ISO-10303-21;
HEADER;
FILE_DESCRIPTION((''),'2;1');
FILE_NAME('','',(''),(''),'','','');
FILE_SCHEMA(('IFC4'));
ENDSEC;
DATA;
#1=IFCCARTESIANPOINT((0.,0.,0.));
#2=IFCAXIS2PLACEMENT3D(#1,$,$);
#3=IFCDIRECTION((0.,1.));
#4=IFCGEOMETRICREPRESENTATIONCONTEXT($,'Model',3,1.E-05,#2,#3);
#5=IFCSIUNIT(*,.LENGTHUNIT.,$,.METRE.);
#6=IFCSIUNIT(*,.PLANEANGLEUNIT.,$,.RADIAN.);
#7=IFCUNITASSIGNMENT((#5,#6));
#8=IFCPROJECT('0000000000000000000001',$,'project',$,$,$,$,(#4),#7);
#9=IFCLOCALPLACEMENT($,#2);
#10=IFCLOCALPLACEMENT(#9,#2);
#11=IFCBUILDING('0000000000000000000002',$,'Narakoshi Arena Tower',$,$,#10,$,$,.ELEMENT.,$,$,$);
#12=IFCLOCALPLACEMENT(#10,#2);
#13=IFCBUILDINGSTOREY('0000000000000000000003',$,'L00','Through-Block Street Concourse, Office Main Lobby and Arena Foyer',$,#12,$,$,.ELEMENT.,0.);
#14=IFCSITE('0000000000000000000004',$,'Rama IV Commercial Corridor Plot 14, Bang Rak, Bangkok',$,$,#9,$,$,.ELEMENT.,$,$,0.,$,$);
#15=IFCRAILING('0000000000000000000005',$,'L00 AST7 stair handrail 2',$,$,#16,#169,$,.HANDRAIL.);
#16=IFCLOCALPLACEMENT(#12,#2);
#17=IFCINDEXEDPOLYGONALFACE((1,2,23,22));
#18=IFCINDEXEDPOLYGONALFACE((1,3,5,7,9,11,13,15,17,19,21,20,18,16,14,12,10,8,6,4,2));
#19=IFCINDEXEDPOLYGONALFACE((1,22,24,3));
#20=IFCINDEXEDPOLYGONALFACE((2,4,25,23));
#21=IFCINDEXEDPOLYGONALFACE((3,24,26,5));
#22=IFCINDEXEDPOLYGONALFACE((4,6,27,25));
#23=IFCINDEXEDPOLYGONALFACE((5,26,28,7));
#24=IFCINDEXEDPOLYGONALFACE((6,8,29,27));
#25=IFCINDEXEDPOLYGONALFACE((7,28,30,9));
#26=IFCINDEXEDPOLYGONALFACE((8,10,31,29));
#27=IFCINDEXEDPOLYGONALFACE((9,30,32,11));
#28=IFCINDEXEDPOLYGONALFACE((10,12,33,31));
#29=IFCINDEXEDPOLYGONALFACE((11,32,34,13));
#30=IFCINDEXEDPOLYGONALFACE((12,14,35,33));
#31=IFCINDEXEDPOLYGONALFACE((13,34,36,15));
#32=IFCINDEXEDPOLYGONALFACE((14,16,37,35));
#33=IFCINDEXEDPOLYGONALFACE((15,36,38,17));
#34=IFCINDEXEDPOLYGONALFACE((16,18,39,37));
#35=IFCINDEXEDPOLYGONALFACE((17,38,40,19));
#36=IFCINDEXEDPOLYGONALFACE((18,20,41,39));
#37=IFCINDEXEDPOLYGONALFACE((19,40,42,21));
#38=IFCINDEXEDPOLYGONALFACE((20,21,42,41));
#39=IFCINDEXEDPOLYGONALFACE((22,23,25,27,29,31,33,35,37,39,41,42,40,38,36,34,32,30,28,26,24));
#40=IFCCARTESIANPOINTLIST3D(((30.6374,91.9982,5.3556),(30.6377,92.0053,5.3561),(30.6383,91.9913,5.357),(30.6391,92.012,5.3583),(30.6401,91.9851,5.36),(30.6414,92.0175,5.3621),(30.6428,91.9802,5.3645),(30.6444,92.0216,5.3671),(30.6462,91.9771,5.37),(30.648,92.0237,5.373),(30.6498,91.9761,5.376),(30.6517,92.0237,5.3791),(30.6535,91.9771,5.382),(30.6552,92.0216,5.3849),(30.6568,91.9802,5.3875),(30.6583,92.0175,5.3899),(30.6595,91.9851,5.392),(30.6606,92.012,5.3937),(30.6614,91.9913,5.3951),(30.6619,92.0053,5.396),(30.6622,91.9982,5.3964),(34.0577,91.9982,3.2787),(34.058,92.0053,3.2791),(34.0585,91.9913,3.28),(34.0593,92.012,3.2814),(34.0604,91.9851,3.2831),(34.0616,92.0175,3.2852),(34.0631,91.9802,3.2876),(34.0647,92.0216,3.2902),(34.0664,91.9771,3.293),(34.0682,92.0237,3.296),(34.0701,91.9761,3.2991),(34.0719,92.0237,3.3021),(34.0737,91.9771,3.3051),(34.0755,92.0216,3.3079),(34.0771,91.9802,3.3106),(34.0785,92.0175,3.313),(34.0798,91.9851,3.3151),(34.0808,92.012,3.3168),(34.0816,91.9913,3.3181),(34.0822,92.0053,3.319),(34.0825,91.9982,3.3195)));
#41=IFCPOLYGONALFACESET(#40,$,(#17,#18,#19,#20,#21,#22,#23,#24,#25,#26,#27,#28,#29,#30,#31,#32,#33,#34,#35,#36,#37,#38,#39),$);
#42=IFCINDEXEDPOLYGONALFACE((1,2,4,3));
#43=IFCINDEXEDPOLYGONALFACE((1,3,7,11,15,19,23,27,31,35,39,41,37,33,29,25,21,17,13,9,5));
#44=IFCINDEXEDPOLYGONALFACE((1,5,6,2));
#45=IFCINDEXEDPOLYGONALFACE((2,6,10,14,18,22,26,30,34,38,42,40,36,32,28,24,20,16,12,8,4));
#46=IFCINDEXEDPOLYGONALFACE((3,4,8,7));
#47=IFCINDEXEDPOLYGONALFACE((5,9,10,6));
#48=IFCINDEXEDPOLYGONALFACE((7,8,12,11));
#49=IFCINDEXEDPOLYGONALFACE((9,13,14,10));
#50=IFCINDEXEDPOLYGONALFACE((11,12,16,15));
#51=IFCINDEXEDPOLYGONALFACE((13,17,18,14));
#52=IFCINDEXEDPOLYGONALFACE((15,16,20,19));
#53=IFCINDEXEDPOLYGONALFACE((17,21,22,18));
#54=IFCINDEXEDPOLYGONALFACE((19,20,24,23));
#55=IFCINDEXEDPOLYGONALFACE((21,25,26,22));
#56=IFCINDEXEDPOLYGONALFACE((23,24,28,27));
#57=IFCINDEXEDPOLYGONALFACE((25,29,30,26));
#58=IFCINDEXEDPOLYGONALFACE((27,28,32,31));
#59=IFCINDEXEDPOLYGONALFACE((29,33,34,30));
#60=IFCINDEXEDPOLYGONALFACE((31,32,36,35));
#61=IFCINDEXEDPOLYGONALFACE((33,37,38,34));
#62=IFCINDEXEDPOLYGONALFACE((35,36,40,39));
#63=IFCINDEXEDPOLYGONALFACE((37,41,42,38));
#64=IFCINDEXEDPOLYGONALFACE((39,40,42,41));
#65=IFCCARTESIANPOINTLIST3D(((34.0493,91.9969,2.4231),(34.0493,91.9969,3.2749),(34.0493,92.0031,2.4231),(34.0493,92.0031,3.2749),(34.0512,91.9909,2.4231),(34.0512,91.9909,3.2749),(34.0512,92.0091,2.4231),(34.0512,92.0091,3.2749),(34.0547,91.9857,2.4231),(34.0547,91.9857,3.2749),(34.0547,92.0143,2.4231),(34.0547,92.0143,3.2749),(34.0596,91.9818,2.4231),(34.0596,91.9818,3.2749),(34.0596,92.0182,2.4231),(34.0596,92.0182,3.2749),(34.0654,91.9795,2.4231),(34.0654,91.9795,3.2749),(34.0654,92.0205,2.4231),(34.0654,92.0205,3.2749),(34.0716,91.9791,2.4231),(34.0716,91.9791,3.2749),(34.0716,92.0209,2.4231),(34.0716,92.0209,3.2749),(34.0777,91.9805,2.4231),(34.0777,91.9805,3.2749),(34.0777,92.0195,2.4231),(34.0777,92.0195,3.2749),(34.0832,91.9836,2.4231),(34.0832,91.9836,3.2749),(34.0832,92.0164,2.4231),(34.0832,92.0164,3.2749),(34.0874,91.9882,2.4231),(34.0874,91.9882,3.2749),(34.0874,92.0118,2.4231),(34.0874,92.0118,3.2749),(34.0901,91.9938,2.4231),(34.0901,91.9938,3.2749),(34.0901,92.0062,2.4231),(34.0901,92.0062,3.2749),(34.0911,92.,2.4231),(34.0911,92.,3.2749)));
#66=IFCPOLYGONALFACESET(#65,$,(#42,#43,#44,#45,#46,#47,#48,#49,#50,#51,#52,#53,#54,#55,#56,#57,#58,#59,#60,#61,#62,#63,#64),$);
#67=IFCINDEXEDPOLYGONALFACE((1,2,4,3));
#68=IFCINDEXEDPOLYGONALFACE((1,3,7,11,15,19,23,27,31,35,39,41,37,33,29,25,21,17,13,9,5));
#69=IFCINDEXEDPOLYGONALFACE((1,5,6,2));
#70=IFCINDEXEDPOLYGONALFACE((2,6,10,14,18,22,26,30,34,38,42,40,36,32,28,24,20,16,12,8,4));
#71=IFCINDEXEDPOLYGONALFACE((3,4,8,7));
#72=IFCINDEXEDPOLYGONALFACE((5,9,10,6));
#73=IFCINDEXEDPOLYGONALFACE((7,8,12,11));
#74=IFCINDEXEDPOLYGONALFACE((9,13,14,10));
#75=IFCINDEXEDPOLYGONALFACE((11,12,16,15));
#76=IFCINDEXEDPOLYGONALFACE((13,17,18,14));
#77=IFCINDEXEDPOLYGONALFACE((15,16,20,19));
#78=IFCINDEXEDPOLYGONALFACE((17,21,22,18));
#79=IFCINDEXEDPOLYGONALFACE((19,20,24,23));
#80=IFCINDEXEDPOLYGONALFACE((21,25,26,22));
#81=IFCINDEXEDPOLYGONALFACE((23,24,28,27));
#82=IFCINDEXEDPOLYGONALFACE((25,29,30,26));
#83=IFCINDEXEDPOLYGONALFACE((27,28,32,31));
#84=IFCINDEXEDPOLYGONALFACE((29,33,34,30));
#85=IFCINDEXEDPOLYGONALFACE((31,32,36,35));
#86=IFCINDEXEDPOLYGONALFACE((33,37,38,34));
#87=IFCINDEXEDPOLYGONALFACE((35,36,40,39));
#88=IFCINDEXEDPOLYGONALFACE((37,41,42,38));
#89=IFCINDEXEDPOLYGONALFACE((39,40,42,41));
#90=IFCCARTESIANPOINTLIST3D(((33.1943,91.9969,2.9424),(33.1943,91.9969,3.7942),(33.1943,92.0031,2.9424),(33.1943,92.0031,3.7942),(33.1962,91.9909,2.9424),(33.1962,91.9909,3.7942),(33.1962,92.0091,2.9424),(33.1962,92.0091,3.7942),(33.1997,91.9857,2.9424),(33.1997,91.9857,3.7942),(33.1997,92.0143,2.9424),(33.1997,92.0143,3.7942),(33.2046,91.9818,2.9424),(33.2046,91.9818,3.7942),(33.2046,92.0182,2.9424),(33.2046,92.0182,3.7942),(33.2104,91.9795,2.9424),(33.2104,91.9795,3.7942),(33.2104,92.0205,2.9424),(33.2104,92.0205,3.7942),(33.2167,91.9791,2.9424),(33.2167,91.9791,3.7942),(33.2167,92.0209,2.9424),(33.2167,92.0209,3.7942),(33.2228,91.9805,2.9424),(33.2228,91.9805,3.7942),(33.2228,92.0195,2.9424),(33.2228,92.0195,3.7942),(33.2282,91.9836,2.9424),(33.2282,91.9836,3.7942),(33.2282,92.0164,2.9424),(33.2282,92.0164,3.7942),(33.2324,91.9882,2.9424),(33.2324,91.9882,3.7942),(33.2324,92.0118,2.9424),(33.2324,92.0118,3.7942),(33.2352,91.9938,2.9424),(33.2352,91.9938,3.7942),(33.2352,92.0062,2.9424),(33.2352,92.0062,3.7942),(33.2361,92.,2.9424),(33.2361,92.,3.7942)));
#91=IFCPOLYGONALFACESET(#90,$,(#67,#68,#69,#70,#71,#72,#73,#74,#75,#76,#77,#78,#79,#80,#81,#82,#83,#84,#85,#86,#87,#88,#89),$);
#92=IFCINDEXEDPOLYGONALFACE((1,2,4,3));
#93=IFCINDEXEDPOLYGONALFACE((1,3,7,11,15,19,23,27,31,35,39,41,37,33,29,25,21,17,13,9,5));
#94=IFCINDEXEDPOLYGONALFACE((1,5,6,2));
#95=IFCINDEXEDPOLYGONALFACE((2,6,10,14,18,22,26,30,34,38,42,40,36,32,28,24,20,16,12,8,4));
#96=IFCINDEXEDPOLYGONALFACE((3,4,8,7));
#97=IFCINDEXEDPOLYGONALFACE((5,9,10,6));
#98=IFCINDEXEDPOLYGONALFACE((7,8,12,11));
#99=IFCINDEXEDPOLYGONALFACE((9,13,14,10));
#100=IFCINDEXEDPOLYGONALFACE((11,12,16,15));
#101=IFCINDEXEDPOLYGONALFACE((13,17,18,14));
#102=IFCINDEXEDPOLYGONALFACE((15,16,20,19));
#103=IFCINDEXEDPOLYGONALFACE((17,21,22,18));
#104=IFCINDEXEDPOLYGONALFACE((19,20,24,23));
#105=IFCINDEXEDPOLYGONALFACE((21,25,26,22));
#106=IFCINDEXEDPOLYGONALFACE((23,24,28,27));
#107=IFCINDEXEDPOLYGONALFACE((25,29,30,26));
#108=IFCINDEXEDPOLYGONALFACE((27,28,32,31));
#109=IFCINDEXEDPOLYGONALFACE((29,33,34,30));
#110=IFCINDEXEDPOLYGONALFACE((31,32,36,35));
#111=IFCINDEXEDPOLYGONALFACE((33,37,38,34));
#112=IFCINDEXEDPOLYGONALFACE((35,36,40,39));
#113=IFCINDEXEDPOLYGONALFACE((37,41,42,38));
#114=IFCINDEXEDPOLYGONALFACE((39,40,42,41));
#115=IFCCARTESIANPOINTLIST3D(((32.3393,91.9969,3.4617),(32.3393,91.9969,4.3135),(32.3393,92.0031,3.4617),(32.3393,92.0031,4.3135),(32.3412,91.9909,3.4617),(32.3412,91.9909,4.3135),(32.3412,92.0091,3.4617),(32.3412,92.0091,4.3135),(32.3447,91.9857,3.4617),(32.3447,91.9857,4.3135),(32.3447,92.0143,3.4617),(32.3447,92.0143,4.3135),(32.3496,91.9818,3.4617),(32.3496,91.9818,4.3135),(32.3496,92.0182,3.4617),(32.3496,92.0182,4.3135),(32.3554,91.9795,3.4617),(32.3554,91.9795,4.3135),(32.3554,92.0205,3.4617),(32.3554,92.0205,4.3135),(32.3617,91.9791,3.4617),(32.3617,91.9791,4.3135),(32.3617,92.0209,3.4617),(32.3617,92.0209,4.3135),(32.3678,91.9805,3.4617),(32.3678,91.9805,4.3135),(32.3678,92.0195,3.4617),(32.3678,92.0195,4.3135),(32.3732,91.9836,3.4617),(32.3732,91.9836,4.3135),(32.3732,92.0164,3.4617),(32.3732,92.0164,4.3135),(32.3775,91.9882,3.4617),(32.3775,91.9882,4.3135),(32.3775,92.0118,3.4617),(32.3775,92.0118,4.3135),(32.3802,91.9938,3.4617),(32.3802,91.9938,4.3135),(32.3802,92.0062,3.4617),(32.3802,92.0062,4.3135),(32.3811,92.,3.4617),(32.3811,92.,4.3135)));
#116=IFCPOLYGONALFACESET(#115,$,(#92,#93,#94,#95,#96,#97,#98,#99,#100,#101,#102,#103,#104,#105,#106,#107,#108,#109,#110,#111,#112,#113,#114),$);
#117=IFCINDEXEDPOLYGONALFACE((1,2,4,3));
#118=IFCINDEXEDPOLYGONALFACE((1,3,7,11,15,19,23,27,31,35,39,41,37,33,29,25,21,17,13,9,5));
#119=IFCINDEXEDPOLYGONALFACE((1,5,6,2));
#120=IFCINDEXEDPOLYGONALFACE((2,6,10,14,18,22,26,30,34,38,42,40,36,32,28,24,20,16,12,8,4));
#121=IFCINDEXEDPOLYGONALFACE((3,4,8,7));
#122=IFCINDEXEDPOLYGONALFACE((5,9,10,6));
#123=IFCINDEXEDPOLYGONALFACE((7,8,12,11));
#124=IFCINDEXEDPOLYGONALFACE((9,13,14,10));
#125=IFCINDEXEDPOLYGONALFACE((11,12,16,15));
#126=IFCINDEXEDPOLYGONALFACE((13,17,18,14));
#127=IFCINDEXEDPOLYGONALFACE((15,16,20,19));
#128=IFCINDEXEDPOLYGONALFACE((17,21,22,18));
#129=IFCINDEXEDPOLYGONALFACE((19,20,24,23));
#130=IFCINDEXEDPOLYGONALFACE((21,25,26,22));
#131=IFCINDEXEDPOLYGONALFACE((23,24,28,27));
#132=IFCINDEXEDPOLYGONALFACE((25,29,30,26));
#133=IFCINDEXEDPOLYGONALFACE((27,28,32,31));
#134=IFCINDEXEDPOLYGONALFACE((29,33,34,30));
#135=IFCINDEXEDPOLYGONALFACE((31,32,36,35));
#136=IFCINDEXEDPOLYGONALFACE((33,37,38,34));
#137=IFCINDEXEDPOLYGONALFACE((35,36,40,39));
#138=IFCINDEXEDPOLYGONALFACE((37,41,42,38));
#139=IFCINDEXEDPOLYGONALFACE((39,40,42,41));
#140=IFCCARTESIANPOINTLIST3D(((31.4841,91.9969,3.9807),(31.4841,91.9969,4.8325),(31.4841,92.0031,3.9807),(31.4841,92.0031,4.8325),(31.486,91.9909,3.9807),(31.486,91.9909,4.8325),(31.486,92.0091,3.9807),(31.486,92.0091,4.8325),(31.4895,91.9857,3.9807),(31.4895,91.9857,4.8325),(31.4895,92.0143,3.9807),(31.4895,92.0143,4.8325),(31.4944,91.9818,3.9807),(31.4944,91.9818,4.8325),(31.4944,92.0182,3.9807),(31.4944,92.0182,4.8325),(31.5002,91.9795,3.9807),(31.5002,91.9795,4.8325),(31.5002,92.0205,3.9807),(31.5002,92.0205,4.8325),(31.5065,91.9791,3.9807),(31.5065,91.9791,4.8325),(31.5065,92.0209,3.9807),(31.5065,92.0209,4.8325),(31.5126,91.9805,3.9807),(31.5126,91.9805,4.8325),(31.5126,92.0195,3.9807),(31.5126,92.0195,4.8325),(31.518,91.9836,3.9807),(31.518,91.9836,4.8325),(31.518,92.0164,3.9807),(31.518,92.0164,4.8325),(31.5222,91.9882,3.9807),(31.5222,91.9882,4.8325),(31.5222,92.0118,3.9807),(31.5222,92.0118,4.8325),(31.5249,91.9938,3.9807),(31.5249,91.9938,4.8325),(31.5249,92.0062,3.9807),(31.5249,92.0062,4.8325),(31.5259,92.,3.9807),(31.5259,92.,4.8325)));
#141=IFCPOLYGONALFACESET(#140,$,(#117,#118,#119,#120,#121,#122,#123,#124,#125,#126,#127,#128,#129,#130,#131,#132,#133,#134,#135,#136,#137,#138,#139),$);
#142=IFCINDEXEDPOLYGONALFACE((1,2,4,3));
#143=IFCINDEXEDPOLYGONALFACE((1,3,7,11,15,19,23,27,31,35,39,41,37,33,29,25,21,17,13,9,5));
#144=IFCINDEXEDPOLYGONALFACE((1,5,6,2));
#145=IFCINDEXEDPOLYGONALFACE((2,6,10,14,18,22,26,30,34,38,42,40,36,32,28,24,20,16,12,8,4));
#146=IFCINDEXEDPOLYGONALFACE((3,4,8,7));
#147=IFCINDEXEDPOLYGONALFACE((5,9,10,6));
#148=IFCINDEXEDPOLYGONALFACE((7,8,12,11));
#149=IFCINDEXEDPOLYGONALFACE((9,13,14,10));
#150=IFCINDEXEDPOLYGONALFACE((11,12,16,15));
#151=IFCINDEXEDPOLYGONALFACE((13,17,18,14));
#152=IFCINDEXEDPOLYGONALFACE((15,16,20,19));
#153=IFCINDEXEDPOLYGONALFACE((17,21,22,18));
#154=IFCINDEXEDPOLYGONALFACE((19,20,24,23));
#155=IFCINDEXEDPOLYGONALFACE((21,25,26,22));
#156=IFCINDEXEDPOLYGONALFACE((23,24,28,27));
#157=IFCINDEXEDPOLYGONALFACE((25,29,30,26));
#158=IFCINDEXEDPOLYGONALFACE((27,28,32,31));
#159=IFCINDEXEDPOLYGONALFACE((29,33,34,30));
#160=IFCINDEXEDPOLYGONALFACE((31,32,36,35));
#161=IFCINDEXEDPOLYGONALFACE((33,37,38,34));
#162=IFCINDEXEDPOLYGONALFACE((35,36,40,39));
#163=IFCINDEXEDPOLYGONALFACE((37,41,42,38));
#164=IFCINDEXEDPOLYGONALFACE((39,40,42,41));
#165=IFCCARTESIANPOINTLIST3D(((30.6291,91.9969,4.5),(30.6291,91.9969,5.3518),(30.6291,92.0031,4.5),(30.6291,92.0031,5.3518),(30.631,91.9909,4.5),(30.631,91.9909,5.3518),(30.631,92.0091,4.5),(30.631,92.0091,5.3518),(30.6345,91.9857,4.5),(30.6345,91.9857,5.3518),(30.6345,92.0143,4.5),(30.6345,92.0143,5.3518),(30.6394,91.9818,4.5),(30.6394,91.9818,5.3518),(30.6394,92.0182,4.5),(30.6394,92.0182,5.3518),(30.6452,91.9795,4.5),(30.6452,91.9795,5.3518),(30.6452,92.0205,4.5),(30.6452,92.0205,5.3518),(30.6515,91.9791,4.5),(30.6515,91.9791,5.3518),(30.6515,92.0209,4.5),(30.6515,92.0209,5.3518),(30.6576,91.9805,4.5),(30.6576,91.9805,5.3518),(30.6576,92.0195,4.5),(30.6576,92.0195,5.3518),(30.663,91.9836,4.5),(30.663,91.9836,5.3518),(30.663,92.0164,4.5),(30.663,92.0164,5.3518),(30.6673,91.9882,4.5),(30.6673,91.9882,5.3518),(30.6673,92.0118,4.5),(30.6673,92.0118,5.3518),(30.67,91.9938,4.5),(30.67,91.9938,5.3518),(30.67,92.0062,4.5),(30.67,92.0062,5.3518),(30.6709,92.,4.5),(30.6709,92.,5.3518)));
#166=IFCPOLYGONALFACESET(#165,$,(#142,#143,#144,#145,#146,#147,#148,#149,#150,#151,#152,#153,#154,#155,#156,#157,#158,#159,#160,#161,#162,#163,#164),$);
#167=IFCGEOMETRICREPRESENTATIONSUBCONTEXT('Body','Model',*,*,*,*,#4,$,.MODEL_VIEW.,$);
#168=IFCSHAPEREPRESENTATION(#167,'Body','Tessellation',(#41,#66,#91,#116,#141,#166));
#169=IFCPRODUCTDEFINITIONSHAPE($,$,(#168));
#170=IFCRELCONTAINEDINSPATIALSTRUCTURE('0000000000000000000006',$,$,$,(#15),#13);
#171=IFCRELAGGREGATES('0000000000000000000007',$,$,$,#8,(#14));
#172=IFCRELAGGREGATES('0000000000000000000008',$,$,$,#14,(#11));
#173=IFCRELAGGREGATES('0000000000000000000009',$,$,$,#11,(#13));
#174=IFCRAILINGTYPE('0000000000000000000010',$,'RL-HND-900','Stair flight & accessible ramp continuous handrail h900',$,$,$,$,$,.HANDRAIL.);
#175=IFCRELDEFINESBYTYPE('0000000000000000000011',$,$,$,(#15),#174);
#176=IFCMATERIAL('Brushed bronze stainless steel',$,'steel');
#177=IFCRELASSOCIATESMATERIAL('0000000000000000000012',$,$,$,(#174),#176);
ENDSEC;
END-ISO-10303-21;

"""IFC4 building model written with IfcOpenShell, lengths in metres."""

from ifc_helpers import new_model, si_unit, direction, frame, origin, origin_2d, place, context, subcontext, project, spatial, circle, extrude, material, type_object, element, save


model = new_model("IFC4")

# Units and contexts
model_context = context("Model", 3, precision=1e-05, world=origin(), true_north=direction((0.0, 1.0)))
body_context = subcontext(model_context, "Body", "Model", "MODEL_VIEW")
ifc_project = project(units=[si_unit("LENGTHUNIT", "METRE"), si_unit("PLANEANGLEUNIT", "RADIAN")], contexts=[model_context])

# Site, building, storey
site_placement = place(None, origin())
site = spatial("IfcSite", under=ifc_project, at=site_placement, Name="Rama IV Commercial Corridor Plot 14, Bang Rak, Bangkok", CompositionType="ELEMENT", RefElevation=0.0)
building_placement = place(site_placement, origin())
building = spatial("IfcBuilding", under=site, at=building_placement, Name="Narakoshi Arena Tower", CompositionType="ELEMENT")
storey_placement = place(building_placement, origin())
storey = spatial("IfcBuildingStorey", under=building, at=storey_placement, Name="L00", Description="Through-Block Street Concourse, Office Main Lobby and Arena Foyer", CompositionType="ELEMENT", Elevation=0.0)

# Railing
ifc_material_1 = material(Name="Brushed bronze stainless steel", Category="steel")
railing_type_1 = type_object("IfcRailingType", Name="RL-HND-900", Description="Stair flight & accessible ramp continuous handrail h900", PredefinedType="HANDRAIL", material=ifc_material_1)
railing_1_placement = place(storey_placement, frame((34.0701, 92.0, 2.4231)))
element("IfcRailing", 1, at=railing_1_placement, inside=storey, type_object=railing_type_1, Name="L00 AST7 stair handrail 2", PredefinedType="HANDRAIL", context=body_context, shape_type="SweptSolid", body=[
    extrude(circle(Radius=0.0239, at=origin_2d()), frame((0.0, 0.0, 0.876), z_axis=(-0.854746, 0.0, 0.519047), x_axis=(0.0, -1.0, 0.0)), (0.0, 0.0, 1.0), 4.0015),
    extrude(circle(Radius=0.021, at=origin_2d()), origin(), (0.0, 0.0, 1.0), 0.8518),
    extrude(circle(Radius=0.021, at=origin_2d()), frame((-0.855, 0.0, 0.5193)), (0.0, 0.0, 1.0), 0.8518),
    extrude(circle(Radius=0.021, at=origin_2d()), frame((-1.71, 0.0, 1.0386)), (0.0, 0.0, 1.0), 0.8518),
    extrude(circle(Radius=0.021, at=origin_2d()), frame((-2.5652, 0.0, 1.5576)), (0.0, 0.0, 1.0), 0.8518),
    extrude(circle(Radius=0.021, at=origin_2d()), frame((-3.4202, 0.0, 2.0769)), (0.0, 0.0, 1.0), 0.8518),
])

save(model, "model.ifc")
